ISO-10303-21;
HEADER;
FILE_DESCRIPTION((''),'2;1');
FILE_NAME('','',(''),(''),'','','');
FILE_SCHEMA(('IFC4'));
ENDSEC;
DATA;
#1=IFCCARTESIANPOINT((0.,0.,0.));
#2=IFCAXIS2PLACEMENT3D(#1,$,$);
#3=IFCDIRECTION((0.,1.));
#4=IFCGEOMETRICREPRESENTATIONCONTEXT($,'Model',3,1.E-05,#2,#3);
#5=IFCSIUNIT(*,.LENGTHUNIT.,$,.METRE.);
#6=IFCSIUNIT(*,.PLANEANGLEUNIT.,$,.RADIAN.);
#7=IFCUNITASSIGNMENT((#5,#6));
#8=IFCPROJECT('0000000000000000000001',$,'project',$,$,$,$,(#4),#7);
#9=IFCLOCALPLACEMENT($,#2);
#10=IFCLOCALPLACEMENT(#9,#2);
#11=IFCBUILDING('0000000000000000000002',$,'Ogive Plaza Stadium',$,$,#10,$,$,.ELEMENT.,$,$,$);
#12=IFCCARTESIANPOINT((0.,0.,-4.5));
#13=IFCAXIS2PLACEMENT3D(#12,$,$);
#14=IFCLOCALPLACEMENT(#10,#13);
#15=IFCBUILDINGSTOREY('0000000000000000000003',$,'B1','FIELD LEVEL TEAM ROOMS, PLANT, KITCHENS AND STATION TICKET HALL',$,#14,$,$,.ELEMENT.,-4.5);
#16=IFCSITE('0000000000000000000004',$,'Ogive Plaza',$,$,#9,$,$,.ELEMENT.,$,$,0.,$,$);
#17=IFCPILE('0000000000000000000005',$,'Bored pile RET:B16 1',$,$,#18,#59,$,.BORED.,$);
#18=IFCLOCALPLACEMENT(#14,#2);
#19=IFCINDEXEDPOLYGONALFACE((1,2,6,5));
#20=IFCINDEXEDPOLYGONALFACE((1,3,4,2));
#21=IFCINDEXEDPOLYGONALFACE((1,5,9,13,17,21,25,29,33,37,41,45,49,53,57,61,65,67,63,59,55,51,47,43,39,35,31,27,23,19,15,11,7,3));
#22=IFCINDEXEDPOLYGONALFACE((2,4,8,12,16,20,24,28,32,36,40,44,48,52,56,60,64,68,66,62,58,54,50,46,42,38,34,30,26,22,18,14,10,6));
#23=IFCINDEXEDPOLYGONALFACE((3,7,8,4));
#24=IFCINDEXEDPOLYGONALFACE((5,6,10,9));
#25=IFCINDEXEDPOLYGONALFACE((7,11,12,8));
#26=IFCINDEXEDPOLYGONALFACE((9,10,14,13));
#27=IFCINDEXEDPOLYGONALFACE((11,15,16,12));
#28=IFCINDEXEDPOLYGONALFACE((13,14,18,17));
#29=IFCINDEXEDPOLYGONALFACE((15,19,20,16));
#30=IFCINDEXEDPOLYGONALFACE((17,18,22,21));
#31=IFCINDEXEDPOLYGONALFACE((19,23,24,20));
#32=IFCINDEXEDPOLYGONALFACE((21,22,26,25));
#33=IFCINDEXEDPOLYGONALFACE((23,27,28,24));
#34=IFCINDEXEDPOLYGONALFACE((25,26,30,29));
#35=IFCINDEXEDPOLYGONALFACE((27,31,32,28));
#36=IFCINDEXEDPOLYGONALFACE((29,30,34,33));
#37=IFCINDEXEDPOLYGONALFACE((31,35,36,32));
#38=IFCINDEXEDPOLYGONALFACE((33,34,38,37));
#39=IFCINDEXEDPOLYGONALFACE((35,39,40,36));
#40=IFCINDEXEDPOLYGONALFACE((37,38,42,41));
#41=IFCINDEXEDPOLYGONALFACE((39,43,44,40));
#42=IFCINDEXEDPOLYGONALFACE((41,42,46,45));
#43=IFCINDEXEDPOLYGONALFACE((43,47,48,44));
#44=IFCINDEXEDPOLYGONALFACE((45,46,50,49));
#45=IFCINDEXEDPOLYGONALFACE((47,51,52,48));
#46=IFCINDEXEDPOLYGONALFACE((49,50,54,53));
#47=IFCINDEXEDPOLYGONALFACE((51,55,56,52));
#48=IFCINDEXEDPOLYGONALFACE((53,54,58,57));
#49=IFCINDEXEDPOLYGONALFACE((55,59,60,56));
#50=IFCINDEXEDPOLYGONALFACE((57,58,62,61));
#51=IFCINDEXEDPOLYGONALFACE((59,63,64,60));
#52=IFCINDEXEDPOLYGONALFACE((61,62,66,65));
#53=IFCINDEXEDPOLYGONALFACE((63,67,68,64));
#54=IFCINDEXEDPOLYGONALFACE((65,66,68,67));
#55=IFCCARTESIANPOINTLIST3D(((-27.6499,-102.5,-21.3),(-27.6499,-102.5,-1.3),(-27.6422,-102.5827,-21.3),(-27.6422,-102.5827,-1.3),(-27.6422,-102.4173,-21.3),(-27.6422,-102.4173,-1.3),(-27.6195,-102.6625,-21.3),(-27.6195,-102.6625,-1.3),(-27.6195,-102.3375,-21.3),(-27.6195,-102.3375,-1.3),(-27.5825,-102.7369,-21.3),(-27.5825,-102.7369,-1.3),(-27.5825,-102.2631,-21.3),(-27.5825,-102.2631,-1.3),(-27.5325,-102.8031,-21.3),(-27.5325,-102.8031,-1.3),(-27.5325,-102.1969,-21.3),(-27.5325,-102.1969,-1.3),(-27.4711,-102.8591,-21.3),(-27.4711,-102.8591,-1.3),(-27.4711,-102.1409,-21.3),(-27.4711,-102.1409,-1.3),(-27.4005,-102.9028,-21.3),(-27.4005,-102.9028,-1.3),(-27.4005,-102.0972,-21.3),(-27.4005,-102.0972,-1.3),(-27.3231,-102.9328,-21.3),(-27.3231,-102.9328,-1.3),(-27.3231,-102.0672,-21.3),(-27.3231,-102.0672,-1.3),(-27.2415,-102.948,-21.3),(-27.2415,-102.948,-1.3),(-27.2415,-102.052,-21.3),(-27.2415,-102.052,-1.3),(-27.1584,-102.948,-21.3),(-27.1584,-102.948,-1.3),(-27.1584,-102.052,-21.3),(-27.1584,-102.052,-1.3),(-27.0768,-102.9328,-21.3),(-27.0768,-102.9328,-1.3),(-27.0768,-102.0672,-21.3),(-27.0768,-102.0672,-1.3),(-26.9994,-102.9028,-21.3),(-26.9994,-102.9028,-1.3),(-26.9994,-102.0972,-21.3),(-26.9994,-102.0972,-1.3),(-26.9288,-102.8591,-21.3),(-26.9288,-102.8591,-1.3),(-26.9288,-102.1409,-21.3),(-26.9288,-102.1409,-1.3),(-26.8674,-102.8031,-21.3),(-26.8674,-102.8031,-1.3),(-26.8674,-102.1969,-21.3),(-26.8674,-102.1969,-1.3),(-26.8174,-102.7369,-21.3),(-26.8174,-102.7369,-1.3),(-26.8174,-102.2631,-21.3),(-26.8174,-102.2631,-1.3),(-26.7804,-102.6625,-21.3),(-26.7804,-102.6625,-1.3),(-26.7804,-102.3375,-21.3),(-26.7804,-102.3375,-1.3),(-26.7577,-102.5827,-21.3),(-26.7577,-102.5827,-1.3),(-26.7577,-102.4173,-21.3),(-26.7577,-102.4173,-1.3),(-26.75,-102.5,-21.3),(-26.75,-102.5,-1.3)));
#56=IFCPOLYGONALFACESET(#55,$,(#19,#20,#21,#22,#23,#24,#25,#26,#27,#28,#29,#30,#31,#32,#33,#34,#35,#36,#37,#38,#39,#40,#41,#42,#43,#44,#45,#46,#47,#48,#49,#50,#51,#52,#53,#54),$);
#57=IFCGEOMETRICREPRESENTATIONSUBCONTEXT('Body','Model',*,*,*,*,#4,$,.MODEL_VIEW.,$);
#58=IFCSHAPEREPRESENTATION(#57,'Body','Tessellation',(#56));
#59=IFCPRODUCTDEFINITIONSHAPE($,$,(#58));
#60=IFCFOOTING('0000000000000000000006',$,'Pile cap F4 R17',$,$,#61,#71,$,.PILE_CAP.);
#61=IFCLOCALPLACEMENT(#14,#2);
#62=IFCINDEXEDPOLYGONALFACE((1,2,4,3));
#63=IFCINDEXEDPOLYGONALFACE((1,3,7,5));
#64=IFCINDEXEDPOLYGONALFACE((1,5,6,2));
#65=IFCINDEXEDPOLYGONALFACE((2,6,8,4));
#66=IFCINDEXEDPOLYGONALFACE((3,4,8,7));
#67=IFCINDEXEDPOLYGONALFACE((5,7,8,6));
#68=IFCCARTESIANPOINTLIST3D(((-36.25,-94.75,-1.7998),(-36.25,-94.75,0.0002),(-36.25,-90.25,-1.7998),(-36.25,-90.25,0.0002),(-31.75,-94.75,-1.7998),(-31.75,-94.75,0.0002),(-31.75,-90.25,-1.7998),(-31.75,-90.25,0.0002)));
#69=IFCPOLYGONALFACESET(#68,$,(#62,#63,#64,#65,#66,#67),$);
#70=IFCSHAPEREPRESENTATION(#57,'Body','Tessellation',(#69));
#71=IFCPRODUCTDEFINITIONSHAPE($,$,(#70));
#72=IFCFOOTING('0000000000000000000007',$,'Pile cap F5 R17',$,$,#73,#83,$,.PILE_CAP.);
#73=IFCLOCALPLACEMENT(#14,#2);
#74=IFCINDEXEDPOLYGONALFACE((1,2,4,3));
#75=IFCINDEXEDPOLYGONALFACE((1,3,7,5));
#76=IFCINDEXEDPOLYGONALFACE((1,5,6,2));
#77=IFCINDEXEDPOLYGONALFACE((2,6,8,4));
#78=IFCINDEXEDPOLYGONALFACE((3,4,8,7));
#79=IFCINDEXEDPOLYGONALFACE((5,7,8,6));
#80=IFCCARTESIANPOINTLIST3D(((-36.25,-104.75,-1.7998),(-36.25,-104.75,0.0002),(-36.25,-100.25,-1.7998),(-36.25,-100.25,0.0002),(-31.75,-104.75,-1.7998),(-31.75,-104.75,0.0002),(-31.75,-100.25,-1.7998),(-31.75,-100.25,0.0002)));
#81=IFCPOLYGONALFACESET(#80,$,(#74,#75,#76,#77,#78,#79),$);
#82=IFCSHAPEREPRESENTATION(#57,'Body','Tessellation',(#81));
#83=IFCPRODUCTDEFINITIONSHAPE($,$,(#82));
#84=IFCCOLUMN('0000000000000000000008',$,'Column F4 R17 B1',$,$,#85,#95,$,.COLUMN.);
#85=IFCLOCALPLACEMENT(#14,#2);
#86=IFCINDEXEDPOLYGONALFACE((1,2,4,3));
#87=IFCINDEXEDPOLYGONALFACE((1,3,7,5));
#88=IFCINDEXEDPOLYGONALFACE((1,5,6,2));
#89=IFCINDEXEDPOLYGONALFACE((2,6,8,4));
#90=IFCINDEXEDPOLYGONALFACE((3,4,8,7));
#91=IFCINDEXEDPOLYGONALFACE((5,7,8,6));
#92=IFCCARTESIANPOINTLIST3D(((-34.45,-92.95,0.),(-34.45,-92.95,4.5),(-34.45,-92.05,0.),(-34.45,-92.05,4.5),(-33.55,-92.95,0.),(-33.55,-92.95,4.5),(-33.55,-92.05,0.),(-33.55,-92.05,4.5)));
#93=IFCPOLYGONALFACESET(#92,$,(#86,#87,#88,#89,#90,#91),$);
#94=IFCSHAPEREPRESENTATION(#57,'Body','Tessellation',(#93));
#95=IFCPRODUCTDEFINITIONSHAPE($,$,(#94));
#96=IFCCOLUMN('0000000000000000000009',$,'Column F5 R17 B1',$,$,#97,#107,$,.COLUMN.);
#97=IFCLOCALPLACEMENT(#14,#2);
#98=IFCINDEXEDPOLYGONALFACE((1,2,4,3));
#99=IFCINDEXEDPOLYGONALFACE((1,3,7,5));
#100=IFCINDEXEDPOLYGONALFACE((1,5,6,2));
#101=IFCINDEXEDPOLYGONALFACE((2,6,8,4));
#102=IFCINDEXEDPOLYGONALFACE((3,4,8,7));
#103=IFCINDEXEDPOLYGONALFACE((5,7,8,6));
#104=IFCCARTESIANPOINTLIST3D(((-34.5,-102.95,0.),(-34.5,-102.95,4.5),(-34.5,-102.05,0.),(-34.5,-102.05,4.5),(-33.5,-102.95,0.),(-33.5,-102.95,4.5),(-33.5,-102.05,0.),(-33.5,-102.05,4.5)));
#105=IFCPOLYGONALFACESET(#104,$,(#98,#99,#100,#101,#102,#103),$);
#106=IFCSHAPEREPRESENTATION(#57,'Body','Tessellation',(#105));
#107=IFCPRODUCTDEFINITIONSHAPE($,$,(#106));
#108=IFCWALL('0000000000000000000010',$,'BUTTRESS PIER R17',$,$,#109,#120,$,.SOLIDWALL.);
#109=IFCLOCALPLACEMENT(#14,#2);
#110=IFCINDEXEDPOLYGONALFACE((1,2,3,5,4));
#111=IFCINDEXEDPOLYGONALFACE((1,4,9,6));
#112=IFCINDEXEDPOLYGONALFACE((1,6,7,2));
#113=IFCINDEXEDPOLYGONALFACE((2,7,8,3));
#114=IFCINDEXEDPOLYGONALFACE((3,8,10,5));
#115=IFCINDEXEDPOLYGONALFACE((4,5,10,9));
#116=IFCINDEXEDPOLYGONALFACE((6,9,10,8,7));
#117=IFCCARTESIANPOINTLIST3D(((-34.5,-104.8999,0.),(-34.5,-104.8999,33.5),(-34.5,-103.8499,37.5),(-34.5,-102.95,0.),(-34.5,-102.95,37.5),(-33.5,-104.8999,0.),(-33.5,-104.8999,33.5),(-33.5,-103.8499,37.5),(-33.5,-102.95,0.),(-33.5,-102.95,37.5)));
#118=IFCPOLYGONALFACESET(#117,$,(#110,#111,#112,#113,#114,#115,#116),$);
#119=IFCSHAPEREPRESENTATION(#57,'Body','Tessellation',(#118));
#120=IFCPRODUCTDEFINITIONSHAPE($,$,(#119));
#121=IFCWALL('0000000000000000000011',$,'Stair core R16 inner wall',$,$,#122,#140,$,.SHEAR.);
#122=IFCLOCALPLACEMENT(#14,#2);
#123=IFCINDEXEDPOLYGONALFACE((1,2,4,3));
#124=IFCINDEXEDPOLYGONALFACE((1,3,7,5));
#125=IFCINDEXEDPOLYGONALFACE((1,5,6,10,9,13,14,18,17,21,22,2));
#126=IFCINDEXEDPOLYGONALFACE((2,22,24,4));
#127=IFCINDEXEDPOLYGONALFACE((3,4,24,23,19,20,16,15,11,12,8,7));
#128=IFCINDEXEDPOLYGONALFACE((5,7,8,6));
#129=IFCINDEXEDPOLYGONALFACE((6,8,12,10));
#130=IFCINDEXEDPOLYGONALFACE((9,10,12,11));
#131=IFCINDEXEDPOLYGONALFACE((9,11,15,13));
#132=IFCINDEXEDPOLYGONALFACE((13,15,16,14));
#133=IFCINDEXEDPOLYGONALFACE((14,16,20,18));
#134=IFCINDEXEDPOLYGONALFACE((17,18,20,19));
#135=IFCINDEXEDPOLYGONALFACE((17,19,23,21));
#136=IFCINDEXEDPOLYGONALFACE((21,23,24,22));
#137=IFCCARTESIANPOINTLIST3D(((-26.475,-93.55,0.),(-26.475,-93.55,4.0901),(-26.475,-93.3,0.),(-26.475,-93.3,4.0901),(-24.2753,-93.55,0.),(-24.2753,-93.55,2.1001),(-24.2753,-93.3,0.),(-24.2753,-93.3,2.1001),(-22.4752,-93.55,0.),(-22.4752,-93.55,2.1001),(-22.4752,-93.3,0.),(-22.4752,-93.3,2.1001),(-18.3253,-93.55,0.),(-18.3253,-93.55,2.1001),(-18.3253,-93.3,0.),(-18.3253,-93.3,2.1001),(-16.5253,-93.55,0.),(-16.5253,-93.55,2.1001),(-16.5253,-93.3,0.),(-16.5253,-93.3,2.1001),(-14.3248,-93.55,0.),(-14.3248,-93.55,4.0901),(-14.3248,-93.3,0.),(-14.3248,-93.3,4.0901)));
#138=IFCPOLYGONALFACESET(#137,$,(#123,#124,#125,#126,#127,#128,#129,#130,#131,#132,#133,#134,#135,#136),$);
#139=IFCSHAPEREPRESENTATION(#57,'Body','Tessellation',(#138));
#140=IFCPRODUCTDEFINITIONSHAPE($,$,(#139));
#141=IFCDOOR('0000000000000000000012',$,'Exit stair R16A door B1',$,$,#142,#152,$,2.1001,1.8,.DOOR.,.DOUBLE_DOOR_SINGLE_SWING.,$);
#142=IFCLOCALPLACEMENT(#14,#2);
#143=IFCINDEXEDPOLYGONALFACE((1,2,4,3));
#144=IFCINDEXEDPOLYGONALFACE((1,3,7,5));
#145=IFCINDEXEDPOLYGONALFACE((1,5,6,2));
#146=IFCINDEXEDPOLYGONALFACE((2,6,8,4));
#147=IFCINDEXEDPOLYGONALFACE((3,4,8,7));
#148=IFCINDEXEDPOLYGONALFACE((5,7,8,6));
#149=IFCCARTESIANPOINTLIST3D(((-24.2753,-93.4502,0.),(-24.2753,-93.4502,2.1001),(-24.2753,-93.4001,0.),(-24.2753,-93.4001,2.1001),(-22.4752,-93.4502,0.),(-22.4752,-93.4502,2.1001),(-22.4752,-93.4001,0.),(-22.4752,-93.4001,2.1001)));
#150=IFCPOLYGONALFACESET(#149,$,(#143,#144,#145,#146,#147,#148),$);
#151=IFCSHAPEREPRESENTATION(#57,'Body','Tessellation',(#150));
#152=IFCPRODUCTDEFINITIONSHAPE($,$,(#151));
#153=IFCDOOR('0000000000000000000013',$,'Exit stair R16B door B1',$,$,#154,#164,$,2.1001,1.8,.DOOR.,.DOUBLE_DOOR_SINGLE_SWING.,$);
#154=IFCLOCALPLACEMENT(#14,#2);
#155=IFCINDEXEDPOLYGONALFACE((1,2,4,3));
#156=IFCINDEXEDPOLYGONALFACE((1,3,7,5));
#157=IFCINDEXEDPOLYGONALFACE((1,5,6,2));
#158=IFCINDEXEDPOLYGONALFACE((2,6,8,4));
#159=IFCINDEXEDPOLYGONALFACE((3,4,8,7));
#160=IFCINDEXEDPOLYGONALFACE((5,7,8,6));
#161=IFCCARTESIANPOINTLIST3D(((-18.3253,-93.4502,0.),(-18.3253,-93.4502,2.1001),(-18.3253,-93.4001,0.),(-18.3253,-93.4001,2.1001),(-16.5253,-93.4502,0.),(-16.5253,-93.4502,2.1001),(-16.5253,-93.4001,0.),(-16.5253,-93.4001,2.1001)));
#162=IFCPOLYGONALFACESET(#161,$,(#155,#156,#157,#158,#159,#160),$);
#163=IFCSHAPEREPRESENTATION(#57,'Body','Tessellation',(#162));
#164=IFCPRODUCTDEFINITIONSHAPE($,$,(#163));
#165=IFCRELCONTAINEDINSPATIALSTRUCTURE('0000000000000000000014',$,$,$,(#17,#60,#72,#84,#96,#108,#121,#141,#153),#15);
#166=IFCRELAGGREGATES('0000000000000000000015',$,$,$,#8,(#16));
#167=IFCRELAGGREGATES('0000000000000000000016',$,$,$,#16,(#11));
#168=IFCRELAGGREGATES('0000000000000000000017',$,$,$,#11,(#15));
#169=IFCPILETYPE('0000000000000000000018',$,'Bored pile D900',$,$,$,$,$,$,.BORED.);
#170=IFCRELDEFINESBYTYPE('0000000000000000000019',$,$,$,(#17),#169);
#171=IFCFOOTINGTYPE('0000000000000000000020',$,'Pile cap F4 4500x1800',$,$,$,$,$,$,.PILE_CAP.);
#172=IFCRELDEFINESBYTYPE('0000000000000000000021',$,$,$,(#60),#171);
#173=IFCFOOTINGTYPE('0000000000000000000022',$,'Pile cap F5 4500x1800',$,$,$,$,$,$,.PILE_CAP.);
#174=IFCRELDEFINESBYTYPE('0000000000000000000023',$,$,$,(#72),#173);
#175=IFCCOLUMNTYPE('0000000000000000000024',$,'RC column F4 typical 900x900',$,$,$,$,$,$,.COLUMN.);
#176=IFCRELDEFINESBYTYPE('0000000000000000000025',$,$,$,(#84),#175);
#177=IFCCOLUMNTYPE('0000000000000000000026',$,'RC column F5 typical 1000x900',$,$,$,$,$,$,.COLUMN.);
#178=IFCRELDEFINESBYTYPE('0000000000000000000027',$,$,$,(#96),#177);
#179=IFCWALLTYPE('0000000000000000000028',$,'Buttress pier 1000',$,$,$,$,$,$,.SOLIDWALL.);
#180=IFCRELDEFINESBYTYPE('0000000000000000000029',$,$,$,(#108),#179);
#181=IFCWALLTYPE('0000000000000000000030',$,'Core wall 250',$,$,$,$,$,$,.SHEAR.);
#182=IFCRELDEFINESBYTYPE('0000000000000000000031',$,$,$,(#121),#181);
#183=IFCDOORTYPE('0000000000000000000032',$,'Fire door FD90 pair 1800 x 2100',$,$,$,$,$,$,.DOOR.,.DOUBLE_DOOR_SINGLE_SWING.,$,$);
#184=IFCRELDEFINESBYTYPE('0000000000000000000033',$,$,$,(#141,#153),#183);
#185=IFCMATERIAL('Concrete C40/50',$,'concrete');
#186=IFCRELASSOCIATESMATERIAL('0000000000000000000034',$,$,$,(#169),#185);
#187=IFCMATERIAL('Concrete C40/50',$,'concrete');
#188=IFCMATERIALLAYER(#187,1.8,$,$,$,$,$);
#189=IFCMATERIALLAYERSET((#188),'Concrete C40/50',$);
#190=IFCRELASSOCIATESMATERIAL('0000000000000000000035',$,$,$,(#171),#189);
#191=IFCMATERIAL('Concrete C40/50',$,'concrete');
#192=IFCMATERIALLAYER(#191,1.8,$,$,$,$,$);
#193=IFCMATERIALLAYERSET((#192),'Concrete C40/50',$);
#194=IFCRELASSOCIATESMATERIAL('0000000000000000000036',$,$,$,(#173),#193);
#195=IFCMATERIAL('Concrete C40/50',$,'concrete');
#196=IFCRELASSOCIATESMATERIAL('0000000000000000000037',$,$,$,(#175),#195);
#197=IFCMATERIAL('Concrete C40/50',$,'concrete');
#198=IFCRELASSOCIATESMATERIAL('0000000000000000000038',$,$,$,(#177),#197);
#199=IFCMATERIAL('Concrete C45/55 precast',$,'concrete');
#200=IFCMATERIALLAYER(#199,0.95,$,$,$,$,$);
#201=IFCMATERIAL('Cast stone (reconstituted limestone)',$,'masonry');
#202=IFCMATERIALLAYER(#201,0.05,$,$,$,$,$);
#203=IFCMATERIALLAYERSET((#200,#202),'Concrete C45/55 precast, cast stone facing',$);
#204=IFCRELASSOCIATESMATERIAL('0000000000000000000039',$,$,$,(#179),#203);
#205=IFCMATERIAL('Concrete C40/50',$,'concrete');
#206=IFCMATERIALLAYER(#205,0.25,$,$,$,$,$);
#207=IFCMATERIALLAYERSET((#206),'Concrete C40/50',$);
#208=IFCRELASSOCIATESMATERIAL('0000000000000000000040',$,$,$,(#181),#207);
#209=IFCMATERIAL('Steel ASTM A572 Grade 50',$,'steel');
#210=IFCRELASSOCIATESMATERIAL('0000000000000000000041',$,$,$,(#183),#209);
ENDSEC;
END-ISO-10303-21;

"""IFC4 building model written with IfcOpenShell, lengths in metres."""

from ifc_helpers import new_model, si_unit, direction, frame, frame_2d, origin, origin_2d, place, context, subcontext, project, spatial, polyline, rectangle, circle, outline, extrude, material, layer, layer_set, material_profile, profile_set, type_object, element, fill, save


model = new_model("IFC4")

# Units and contexts
model_context = context("Model", 3, precision=1e-05, world=origin(), true_north=direction((0.0, 1.0)))
body_context = subcontext(model_context, "Body", "Model", "MODEL_VIEW")
ifc_project = project(units=[si_unit("LENGTHUNIT", "METRE"), si_unit("PLANEANGLEUNIT", "RADIAN")], contexts=[model_context])

# Site, building, storey
site_placement = place(None, origin())
site = spatial("IfcSite", under=ifc_project, at=site_placement, Name="Ogive Plaza", CompositionType="ELEMENT", RefElevation=0.0)
building_placement = place(site_placement, origin())
building = spatial("IfcBuilding", under=site, at=building_placement, Name="Ogive Plaza Stadium", CompositionType="ELEMENT")
storey_placement = place(building_placement, frame((0.0, 0.0, -4.5)))
storey = spatial("IfcBuildingStorey", under=building, at=storey_placement, Name="B1", Description="FIELD LEVEL TEAM ROOMS, PLANT, KITCHENS AND STATION TICKET HALL", CompositionType="ELEMENT", Elevation=-4.5)

# Pile
ifc_material_1 = material(Name="Concrete C40/50", Category="concrete")
ifc_material_profile_1 = material_profile(ifc_material_1, circle(Radius=0.45, at=origin_2d()), Name="RC D900")
ifc_profile_set_1 = profile_set([ifc_material_profile_1], Name="Concrete C40/50")
pile_type_1 = type_object("IfcPileType", Name="Bored pile D900", PredefinedType="BORED", material=ifc_profile_set_1)
pile_placement = place(storey_placement, frame((-27.2, -102.5, -1.3), z_axis=(0.0, 0.0, -1.0), x_axis=(1.0, 0.0, 0.0)))
element("IfcPile", 1, at=pile_placement, inside=storey, type_object=pile_type_1, Name="Bored pile RET:B16 1", PredefinedType="BORED", context=body_context, shape_type="SweptSolid", body=[
    extrude(circle(Radius=0.45, at=origin_2d()), origin(), (0.0, 0.0, 1.0), 20.0),
])

# Footings
ifc_material_2 = material(Name="Concrete C40/50", Category="concrete")
ifc_layer_1 = layer(ifc_material_2, 1.8)
ifc_layer_set_1 = layer_set([ifc_layer_1], Name="Concrete C40/50")
footing_type_1 = type_object("IfcFootingType", Name="Pile cap F4 4500x1800", PredefinedType="PILE_CAP", material=ifc_layer_set_1)
footing_1_placement = place(storey_placement, frame((-34.0, -92.5, -1.7998), z_axis=(0.0, 0.0, 1.0), x_axis=(0.0, -1.0, 0.0)))
element("IfcFooting", 2, at=footing_1_placement, inside=storey, type_object=footing_type_1, Name="Pile cap F4 R17", PredefinedType="PILE_CAP", context=body_context, shape_type="SweptSolid", body=[
    extrude(rectangle(XDim=4.5, YDim=4.5, at=origin_2d()), origin(), (0.0, 0.0, 1.0), 1.8),
])
ifc_material_3 = material(Name="Concrete C40/50", Category="concrete")
ifc_layer_2 = layer(ifc_material_3, 1.8)
ifc_layer_set_2 = layer_set([ifc_layer_2], Name="Concrete C40/50")
footing_type_2 = type_object("IfcFootingType", Name="Pile cap F5 4500x1800", PredefinedType="PILE_CAP", material=ifc_layer_set_2)
footing_2_placement = place(storey_placement, frame((-34.0, -102.5, -1.7998), z_axis=(0.0, 0.0, 1.0), x_axis=(0.0, -1.0, 0.0)))
element("IfcFooting", 3, at=footing_2_placement, inside=storey, type_object=footing_type_2, Name="Pile cap F5 R17", PredefinedType="PILE_CAP", context=body_context, shape_type="SweptSolid", body=[
    extrude(rectangle(XDim=4.5, YDim=4.5, at=origin_2d()), origin(), (0.0, 0.0, 1.0), 1.8),
])

# Columns
ifc_material_4 = material(Name="Concrete C40/50", Category="concrete")
ifc_material_profile_2 = material_profile(ifc_material_4, rectangle(XDim=0.8999, YDim=0.8999, at=origin_2d()), Name="RC 900x900")
ifc_profile_set_2 = profile_set([ifc_material_profile_2], Name="Concrete C40/50")
column_type_1 = type_object("IfcColumnType", Name="RC column F4 typical 900x900", PredefinedType="COLUMN", material=ifc_profile_set_2)
column_1_placement = place(storey_placement, frame((-34.0, -92.5, 0.0), z_axis=(0.0, 0.0, 1.0), x_axis=(1.0, 0.0, 0.0)))
element("IfcColumn", 4, at=column_1_placement, inside=storey, type_object=column_type_1, Name="Column F4 R17 B1", PredefinedType="COLUMN", context=body_context, shape_type="SweptSolid", body=[
    extrude(rectangle(XDim=0.8999, YDim=0.8999, at=origin_2d()), origin(), (0.0, 0.0, 1.0), 4.5),
])
ifc_material_5 = material(Name="Concrete C40/50", Category="concrete")
ifc_material_profile_3 = material_profile(ifc_material_5, rectangle(XDim=1.0, YDim=0.8999, at=origin_2d()), Name="RC 1000x900")
ifc_profile_set_3 = profile_set([ifc_material_profile_3], Name="Concrete C40/50")
column_type_2 = type_object("IfcColumnType", Name="RC column F5 typical 1000x900", PredefinedType="COLUMN", material=ifc_profile_set_3)
column_2_placement = place(storey_placement, frame((-34.0, -102.5, 0.0), z_axis=(0.0, 0.0, 1.0), x_axis=(1.0, 0.0, 0.0)))
element("IfcColumn", 5, at=column_2_placement, inside=storey, type_object=column_type_2, Name="Column F5 R17 B1", PredefinedType="COLUMN", context=body_context, shape_type="SweptSolid", body=[
    extrude(rectangle(XDim=1.0, YDim=0.8999, at=origin_2d()), origin(), (0.0, 0.0, 1.0), 4.5),
])

# Wall
ifc_material_6 = material(Name="Concrete C45/55 precast", Category="concrete")
ifc_layer_3 = layer(ifc_material_6, 0.95)
ifc_material_7 = material(Name="Cast stone (reconstituted limestone)", Category="masonry")
ifc_layer_4 = layer(ifc_material_7, 0.05)
ifc_layer_set_3 = layer_set([ifc_layer_3, ifc_layer_4], Name="Concrete C45/55 precast, cast stone facing")
wall_type_1 = type_object("IfcWallType", Name="Buttress pier 1000", PredefinedType="SOLIDWALL", material=ifc_layer_set_3)
wall_1_placement = place(storey_placement, frame((-34.0, -102.95, 0.0), z_axis=(0.0, 0.0, 1.0), x_axis=(0.0, -1.0, 0.0)))
element("IfcWall", 6, at=wall_1_placement, inside=storey, type_object=wall_type_1, Name="BUTTRESS PIER R17", PredefinedType="SOLIDWALL", context=body_context, shape_type="SweptSolid", body=[
    extrude(outline(polyline([(0.0, 0.0), (1.95, 0.0), (1.95, 33.5), (0.8999, 37.5), (0.0, 37.5), (0.0, 0.0)])), frame((0.0, 0.5, 0.0), z_axis=(0.0, -1.0, 0.0), x_axis=(1.0, 0.0, 0.0)), (0.0, 0.0, 1.0), 1.0),
])

# Wall, openings, doors
ifc_material_8 = material(Name="Concrete C40/50", Category="concrete")
ifc_layer_5 = layer(ifc_material_8, 0.25)
ifc_layer_set_4 = layer_set([ifc_layer_5], Name="Concrete C40/50")
wall_type_2 = type_object("IfcWallType", Name="Core wall 250", PredefinedType="SHEAR", material=ifc_layer_set_4)
wall_2_placement = place(storey_placement, frame((-26.4751, -93.425, 0.0), z_axis=(0.0, 0.0, 1.0), x_axis=(1.0, 0.0, 0.0)))
wall_2 = element("IfcWall", 7, at=wall_2_placement, inside=storey, type_object=wall_type_2, Name="Stair core R16 inner wall", PredefinedType="SHEAR", context=body_context, shape_type="SweptSolid", body=[
    extrude(rectangle(XDim=12.1501, YDim=0.25, at=frame_2d((6.0752, 0.0))), origin(), (0.0, 0.0, 1.0), 4.0901),
])
opening_1_placement = place(wall_2_placement, frame((2.2, 0.0, 0.0)))
opening_1 = element("IfcOpeningElement", 8, at=opening_1_placement, cuts=wall_2, PredefinedType="OPENING", context=body_context, shape_type="SweptSolid", body=[
    extrude(rectangle(XDim=1.8, YDim=2.1001, at=frame_2d((0.8999, 1.05))), frame((0.0, 0.125, 0.0), z_axis=(0.0, -1.0, 0.0), x_axis=(1.0, 0.0, 0.0)), (0.0, 0.0, 1.0), 0.25),
])
opening_2_placement = place(wall_2_placement, frame((8.1499, 0.0, 0.0)))
opening_2 = element("IfcOpeningElement", 9, at=opening_2_placement, cuts=wall_2, PredefinedType="OPENING", context=body_context, shape_type="SweptSolid", body=[
    extrude(rectangle(XDim=1.8, YDim=2.1001, at=frame_2d((0.8999, 1.05))), frame((0.0, 0.125, 0.0), z_axis=(0.0, -1.0, 0.0), x_axis=(1.0, 0.0, 0.0)), (0.0, 0.0, 1.0), 0.25),
])
ifc_material_9 = material(Name="Steel ASTM A572 Grade 50", Category="steel")
door_type = type_object("IfcDoorType", Name="Fire door FD90 pair 1800 x 2100", OperationType="DOUBLE_DOOR_SINGLE_SWING", PredefinedType="DOOR", material=ifc_material_9)
door_1_placement = place(opening_1_placement, origin())
door_1 = element("IfcDoor", 10, at=door_1_placement, inside=storey, type_object=door_type, Name="Exit stair R16A door B1", OperationType="DOUBLE_DOOR_SINGLE_SWING", OverallHeight=2.1001, OverallWidth=1.8, PredefinedType="DOOR", context=body_context, shape_type="SweptSolid", body=[
    extrude(rectangle(XDim=1.8, YDim=2.1001, at=frame_2d((0.8999, 1.05))), frame((0.0, 0.0249, 0.0), z_axis=(0.0, -1.0, 0.0), x_axis=(1.0, 0.0, 0.0)), (0.0, 0.0, 1.0), 0.05),
])
fill(opening_1, door_1)
door_2_placement = place(opening_2_placement, origin())
door_2 = element("IfcDoor", 11, at=door_2_placement, inside=storey, type_object=door_type, Name="Exit stair R16B door B1", OperationType="DOUBLE_DOOR_SINGLE_SWING", OverallHeight=2.1001, OverallWidth=1.8, PredefinedType="DOOR", context=body_context, shape_type="SweptSolid", body=[
    extrude(rectangle(XDim=1.8, YDim=2.1001, at=frame_2d((0.8999, 1.05))), frame((0.0, 0.0249, 0.0), z_axis=(0.0, -1.0, 0.0), x_axis=(1.0, 0.0, 0.0)), (0.0, 0.0, 1.0), 0.05),
])
fill(opening_2, door_2)

save(model, "model.ifc")
